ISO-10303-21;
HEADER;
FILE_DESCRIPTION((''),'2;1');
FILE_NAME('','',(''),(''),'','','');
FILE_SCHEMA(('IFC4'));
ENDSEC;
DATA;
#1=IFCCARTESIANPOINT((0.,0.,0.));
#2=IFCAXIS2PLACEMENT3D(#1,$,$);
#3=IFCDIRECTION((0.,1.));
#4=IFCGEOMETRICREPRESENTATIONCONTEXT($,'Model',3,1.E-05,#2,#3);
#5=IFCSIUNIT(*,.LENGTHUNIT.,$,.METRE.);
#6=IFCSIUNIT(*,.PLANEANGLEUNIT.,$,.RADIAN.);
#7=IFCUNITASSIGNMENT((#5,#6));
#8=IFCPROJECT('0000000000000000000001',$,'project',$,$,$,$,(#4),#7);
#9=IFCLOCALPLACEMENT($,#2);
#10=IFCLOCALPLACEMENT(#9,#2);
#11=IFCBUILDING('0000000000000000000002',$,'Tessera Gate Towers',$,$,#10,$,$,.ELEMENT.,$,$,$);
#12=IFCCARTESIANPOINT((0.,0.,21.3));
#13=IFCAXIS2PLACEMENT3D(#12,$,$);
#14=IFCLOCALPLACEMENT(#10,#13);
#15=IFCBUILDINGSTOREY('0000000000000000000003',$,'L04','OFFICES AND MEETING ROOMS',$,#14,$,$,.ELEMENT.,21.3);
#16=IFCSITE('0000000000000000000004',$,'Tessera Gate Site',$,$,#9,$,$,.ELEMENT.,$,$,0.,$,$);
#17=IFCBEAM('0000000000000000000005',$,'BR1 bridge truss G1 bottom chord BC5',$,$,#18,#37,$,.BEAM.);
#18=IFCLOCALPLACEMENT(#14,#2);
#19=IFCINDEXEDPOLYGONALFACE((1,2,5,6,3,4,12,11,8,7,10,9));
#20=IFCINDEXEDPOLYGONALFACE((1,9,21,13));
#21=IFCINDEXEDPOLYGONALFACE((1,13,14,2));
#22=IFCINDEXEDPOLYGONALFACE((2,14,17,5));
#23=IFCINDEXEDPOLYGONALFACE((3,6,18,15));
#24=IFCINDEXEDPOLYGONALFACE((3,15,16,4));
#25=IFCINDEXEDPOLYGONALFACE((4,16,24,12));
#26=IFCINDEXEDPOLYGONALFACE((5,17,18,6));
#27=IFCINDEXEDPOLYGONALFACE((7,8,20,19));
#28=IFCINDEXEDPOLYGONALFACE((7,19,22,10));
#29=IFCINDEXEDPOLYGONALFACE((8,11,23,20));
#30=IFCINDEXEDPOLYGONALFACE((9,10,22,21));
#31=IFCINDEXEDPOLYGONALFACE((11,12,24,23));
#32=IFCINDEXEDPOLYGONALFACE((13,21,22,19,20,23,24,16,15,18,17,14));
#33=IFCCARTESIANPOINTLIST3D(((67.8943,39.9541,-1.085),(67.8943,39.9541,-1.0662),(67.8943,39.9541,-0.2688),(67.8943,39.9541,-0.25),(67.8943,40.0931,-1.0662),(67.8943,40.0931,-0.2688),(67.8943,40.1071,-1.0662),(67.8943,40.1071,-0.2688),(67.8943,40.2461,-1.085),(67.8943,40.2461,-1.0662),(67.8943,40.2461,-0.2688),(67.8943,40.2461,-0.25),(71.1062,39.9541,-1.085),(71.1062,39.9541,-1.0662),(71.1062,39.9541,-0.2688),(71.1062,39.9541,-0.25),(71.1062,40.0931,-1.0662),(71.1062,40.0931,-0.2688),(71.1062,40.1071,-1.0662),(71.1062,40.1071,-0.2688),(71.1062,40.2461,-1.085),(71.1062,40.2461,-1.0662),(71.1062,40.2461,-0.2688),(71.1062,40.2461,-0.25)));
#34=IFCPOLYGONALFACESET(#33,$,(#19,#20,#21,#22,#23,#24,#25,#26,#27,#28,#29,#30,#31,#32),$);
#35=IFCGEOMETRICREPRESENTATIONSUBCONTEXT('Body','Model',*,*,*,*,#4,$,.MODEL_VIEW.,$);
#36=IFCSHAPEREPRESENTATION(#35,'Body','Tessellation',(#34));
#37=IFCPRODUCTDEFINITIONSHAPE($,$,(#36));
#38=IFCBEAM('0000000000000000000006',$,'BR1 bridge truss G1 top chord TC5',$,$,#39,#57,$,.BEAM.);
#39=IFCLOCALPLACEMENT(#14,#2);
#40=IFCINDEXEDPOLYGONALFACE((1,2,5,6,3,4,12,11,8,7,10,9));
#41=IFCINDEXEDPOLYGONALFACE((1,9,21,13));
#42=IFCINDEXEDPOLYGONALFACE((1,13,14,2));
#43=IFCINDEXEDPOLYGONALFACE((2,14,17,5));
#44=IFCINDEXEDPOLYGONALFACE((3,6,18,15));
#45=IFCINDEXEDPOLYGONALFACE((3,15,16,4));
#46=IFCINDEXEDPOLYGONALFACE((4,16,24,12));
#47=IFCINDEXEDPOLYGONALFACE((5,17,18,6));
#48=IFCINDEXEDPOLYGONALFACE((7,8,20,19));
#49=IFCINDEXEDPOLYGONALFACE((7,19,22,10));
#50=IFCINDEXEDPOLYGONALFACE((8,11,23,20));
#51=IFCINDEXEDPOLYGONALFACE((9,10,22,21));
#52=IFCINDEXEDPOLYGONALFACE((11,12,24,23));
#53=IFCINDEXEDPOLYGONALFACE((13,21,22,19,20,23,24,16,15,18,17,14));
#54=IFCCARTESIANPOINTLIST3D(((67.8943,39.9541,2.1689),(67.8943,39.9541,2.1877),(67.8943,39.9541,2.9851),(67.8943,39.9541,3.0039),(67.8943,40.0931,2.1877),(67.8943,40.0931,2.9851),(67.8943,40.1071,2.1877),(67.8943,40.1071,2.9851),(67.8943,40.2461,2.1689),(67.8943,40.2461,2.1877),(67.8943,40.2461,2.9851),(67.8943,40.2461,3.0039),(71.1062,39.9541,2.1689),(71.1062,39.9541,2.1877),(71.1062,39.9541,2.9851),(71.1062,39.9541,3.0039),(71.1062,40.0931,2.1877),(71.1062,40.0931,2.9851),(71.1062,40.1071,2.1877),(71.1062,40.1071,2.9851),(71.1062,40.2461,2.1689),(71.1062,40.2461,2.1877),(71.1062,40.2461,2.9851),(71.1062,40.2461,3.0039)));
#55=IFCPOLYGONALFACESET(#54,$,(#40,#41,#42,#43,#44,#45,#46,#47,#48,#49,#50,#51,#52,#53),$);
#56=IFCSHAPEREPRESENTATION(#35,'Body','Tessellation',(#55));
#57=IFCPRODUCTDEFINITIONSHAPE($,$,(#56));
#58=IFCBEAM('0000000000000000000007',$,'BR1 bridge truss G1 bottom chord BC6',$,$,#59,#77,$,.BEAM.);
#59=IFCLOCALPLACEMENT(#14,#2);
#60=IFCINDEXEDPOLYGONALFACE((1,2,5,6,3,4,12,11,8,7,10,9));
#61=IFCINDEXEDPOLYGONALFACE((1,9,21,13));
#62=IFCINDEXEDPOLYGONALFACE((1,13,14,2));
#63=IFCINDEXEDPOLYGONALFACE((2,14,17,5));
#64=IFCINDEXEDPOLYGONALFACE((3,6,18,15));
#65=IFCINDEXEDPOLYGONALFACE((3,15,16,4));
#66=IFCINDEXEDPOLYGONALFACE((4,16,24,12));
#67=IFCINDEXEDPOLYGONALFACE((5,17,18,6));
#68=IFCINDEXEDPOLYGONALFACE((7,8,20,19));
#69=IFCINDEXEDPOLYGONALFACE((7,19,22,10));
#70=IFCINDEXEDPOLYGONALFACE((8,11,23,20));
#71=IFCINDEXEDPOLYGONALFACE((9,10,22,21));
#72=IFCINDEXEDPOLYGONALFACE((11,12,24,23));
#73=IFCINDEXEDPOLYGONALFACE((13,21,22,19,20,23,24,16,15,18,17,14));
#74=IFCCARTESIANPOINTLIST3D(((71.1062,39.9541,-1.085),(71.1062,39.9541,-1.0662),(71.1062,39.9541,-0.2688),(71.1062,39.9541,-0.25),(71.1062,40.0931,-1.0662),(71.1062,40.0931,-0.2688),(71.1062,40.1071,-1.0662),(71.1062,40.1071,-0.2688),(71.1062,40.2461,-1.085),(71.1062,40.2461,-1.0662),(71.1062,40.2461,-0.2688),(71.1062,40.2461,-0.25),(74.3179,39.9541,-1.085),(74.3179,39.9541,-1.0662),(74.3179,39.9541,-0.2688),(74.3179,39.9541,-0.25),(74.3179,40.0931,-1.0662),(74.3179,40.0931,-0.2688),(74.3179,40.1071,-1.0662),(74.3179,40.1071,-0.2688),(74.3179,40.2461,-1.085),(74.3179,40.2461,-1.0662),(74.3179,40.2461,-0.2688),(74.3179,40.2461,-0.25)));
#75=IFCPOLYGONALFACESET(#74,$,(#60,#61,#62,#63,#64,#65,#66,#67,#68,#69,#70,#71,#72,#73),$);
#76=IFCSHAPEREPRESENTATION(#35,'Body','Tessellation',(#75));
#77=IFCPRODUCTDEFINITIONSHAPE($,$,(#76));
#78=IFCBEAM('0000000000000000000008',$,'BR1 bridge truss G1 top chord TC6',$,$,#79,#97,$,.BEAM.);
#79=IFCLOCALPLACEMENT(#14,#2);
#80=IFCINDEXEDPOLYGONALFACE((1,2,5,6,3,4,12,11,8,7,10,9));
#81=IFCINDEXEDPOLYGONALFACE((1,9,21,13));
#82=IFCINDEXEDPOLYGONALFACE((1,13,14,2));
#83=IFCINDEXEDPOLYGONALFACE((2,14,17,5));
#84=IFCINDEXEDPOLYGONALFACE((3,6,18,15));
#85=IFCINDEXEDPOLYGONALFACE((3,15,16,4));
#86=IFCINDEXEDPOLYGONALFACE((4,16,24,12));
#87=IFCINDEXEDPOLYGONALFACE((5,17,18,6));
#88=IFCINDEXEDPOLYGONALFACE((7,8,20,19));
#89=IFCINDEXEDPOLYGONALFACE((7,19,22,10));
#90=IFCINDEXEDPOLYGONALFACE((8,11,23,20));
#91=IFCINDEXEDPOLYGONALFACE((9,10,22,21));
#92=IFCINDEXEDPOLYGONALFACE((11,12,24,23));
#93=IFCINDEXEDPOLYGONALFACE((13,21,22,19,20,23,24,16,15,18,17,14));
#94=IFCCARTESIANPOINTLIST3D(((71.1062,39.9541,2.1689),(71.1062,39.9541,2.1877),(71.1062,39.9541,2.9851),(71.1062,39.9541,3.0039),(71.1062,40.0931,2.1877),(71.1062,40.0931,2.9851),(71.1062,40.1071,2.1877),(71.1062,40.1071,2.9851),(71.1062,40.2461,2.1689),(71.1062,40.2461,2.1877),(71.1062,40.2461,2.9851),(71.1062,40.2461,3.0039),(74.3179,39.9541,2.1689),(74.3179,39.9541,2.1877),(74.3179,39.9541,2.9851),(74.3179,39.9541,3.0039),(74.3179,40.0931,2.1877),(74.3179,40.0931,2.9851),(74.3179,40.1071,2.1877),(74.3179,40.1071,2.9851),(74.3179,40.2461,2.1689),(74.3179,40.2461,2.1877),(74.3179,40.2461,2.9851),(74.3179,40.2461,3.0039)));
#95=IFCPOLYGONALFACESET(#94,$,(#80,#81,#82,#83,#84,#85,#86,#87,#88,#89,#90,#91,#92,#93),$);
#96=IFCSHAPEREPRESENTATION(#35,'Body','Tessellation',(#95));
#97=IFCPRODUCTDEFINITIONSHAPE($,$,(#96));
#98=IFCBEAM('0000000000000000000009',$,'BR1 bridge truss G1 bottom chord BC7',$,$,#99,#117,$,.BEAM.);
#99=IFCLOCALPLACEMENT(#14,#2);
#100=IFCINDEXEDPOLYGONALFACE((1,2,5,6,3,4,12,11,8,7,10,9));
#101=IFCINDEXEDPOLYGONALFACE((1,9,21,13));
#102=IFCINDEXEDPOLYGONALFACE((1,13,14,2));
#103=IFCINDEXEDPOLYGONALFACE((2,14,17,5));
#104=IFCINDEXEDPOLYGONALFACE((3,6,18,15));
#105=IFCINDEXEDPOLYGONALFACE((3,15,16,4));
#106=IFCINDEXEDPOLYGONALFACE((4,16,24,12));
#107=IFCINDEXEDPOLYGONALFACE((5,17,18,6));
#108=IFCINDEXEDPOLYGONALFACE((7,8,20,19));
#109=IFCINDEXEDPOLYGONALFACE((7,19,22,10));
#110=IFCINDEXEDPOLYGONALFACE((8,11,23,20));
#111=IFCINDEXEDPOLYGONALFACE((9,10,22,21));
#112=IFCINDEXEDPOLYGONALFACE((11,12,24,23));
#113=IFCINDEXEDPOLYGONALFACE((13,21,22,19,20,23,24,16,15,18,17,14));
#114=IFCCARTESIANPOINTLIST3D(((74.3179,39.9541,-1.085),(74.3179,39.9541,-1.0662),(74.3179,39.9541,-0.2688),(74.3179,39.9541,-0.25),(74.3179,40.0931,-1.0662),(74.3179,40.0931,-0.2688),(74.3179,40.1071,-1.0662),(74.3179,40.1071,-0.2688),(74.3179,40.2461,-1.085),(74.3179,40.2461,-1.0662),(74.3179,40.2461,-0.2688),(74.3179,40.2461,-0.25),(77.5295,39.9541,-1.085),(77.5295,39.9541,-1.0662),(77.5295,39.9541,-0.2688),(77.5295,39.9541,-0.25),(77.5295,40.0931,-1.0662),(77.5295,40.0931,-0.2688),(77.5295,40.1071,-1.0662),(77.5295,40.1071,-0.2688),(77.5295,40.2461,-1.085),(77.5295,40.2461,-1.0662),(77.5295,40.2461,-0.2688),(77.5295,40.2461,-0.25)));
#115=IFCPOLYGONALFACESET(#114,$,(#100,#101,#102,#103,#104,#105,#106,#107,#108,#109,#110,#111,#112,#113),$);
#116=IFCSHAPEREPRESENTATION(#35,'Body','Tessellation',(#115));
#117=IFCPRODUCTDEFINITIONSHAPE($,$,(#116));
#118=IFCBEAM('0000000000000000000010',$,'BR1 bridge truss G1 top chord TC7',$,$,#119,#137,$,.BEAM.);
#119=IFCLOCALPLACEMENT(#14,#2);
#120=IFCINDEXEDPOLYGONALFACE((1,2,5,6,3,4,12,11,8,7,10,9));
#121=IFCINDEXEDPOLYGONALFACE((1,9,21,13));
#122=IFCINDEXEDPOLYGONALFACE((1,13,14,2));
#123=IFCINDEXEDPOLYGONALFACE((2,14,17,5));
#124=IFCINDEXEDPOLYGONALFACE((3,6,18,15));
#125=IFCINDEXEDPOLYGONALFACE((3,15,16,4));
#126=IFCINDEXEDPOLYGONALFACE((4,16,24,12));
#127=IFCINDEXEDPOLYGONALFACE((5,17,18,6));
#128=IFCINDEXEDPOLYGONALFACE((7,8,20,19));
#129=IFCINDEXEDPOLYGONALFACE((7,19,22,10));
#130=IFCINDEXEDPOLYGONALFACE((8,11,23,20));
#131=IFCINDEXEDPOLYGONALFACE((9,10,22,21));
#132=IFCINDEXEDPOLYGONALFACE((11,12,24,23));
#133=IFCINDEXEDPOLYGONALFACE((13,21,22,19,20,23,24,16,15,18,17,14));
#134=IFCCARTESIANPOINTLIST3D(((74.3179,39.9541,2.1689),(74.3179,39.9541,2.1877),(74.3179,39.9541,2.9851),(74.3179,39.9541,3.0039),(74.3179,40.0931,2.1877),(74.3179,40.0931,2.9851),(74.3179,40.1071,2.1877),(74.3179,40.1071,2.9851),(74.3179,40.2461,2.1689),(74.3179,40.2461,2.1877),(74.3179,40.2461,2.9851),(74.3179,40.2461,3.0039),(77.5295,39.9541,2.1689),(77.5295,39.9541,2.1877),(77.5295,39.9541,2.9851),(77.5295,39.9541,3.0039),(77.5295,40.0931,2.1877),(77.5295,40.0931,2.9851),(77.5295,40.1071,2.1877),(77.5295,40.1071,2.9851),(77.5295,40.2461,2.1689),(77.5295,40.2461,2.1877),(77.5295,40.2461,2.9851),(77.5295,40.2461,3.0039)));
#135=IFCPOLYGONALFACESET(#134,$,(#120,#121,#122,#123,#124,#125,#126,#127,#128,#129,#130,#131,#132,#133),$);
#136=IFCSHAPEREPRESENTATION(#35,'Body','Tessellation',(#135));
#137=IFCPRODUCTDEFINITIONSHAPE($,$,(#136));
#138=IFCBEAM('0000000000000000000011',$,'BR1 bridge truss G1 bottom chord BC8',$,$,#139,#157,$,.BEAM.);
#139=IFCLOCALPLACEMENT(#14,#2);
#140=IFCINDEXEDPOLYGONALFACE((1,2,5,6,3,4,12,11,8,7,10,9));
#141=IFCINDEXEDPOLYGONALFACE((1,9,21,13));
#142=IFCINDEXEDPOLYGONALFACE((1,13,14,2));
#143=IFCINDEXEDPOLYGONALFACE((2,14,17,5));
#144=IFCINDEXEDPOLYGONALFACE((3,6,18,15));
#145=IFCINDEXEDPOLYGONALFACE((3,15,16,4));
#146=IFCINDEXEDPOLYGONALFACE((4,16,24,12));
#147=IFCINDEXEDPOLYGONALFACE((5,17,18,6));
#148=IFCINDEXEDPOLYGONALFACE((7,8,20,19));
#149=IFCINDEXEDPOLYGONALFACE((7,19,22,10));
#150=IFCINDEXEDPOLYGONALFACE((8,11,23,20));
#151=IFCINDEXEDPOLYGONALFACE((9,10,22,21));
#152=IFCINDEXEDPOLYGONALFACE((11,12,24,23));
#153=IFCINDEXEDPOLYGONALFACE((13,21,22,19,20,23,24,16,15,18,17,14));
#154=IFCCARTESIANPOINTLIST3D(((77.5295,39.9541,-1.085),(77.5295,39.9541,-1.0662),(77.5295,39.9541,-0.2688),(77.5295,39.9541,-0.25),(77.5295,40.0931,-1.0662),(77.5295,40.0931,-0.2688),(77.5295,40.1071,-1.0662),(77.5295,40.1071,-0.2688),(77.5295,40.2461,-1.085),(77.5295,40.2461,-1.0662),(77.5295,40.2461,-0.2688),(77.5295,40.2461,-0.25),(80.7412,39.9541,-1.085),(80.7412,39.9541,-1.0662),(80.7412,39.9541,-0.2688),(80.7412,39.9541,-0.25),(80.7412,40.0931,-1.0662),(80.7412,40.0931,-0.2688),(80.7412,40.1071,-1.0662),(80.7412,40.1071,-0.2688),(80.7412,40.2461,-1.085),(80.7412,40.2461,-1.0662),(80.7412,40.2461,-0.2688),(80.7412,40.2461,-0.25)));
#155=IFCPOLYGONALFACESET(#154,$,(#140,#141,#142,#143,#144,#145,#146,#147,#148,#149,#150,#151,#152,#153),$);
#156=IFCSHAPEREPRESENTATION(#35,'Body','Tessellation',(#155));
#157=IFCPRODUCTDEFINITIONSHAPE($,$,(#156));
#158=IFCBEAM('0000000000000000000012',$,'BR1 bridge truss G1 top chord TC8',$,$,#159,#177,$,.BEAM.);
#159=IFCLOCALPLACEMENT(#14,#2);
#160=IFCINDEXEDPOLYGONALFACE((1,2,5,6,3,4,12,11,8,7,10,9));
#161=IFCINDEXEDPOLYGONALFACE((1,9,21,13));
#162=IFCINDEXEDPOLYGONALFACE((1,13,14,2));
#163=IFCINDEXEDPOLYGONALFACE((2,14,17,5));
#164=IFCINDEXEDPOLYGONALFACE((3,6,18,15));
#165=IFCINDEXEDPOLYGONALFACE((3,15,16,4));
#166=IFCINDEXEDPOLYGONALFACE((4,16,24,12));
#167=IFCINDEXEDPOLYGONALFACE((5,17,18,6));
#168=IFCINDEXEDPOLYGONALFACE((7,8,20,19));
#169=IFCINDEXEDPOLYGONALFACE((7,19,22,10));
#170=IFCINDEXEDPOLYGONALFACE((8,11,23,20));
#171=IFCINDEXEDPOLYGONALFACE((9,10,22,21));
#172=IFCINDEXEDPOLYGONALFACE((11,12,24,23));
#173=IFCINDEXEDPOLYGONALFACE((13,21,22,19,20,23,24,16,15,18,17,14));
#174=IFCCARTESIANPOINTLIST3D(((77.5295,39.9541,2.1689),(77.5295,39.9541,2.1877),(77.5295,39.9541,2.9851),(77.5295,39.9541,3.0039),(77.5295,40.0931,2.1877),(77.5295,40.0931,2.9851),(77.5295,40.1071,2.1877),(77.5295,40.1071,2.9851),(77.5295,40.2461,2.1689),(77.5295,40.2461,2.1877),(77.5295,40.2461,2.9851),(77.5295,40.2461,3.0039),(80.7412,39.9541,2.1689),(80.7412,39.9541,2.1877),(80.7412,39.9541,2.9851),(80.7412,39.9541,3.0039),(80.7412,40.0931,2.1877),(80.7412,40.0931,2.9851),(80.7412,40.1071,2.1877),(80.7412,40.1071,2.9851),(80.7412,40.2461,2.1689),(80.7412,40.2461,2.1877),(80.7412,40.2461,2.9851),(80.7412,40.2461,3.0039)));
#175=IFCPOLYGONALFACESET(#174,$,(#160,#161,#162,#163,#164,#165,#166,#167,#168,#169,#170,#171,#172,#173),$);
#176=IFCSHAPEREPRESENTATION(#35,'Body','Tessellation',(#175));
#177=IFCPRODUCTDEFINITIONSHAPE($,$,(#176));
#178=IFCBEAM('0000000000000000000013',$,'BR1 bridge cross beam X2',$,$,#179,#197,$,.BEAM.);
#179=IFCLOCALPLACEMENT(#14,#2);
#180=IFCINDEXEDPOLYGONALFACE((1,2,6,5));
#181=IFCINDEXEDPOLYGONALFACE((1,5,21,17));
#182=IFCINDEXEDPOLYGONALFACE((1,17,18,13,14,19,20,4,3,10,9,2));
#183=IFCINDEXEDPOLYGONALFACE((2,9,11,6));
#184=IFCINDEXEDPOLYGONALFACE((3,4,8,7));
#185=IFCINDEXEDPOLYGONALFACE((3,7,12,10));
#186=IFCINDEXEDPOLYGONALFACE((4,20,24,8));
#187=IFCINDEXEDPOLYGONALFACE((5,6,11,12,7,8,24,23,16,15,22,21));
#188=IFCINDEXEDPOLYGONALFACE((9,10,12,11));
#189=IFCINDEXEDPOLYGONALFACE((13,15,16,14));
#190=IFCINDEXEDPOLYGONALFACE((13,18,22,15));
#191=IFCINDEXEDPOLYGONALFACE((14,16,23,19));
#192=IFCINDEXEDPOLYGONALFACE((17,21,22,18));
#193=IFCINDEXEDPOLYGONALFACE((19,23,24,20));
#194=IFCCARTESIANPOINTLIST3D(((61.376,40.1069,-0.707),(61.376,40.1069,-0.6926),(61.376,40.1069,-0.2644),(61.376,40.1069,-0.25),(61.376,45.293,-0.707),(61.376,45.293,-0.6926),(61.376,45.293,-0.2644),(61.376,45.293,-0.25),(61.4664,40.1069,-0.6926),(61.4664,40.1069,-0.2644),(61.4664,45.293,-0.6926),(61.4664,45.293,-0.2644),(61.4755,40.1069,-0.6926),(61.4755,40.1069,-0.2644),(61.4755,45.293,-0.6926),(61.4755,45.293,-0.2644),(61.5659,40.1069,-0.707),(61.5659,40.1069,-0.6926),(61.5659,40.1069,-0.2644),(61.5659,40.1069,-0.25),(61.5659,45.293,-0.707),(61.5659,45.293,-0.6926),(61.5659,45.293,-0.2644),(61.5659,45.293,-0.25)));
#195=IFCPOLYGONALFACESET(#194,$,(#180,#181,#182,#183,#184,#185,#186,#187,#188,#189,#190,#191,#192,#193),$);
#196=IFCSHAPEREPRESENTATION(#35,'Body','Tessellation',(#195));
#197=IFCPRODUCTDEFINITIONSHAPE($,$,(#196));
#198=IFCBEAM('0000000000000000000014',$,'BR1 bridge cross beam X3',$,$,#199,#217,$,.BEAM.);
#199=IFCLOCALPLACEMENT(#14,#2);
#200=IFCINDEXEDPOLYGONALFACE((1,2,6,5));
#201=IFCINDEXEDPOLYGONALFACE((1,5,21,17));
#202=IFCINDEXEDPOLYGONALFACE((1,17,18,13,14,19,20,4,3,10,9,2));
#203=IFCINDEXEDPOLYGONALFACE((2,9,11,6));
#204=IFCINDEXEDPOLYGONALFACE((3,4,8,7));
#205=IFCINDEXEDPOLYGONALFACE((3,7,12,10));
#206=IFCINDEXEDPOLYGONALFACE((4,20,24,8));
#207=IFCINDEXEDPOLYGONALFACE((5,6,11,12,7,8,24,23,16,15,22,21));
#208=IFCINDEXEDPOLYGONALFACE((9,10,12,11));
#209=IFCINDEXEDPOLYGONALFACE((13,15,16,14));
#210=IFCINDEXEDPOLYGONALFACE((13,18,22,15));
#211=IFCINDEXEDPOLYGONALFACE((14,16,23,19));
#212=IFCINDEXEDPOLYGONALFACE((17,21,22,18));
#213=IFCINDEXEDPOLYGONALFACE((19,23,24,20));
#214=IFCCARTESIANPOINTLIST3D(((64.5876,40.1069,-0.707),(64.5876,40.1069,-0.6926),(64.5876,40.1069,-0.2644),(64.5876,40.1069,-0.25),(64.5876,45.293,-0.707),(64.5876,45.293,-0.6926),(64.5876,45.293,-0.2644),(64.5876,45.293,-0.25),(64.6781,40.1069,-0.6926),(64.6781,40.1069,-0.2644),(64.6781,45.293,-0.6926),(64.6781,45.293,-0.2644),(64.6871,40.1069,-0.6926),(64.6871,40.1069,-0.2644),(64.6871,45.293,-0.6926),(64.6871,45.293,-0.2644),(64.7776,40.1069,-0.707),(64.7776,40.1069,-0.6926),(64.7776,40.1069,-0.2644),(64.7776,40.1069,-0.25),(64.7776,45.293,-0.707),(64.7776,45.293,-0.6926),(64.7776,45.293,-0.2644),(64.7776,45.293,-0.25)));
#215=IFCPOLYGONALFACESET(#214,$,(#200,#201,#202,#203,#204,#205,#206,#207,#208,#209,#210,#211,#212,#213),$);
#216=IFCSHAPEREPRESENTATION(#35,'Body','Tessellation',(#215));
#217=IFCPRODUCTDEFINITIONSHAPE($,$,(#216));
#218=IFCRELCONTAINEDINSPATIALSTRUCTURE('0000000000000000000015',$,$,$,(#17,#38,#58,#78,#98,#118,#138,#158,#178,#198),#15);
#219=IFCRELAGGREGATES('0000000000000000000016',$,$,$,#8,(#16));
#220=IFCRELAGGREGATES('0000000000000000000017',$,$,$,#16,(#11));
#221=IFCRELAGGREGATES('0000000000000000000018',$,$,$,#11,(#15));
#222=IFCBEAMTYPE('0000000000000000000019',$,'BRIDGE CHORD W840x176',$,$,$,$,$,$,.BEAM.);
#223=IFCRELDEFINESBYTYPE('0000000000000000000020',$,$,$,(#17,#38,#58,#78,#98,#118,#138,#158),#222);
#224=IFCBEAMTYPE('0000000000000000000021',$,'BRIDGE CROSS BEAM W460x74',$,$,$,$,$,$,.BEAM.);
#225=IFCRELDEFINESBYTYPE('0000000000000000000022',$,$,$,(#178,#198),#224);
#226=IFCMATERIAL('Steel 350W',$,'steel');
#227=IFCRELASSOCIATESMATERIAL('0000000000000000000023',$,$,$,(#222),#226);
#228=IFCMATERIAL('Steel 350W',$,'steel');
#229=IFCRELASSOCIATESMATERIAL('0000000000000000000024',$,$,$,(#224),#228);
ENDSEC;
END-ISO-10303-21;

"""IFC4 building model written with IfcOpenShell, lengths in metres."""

from ifc_helpers import new_model, si_unit, direction, frame, origin, origin_2d, place, context, subcontext, project, spatial, i_section, extrude, material, material_profile, profile_set, type_object, element, save


model = new_model("IFC4")

# Units and contexts
model_context = context("Model", 3, precision=1e-05, world=origin(), true_north=direction((0.0, 1.0)))
body_context = subcontext(model_context, "Body", "Model", "MODEL_VIEW")
ifc_project = project(units=[si_unit("LENGTHUNIT", "METRE"), si_unit("PLANEANGLEUNIT", "RADIAN")], contexts=[model_context])

# Site, building, storey
site_placement = place(None, origin())
site = spatial("IfcSite", under=ifc_project, at=site_placement, Name="Tessera Gate Site", CompositionType="ELEMENT", RefElevation=0.0)
building_placement = place(site_placement, origin())
building = spatial("IfcBuilding", under=site, at=building_placement, Name="Tessera Gate Towers", CompositionType="ELEMENT")
storey_placement = place(building_placement, frame((0.0, 0.0, 21.3)))
storey = spatial("IfcBuildingStorey", under=building, at=storey_placement, Name="L04", Description="OFFICES AND MEETING ROOMS", CompositionType="ELEMENT", Elevation=21.3)

# Beams
ifc_material_1 = material(Name="Steel 350W", Category="steel")
ifc_material_profile_1 = material_profile(ifc_material_1, i_section(OverallWidth=0.292, OverallDepth=0.835, WebThickness=0.0139, FlangeThickness=0.0188, at=origin_2d()), Name="W840x176")
ifc_profile_set_1 = profile_set([ifc_material_profile_1], Name="Steel 350W")
beam_type_1 = type_object("IfcBeamType", Name="BRIDGE CHORD W840x176", PredefinedType="BEAM", material=ifc_profile_set_1)
for number, where, z_axis, x_axis, name in (
    (1, (67.8943, 40.1001, -0.6675), (1.0, 0.0, 0.0), (0.0, 1.0, 0.0), "BR1 bridge truss G1 bottom chord BC5"),
    (2, (67.8943, 40.1001, 2.5864), (1.0, 0.0, 0.0), (0.0, 1.0, 0.0), "BR1 bridge truss G1 top chord TC5"),
):
    element("IfcBeam", number, at=place(storey_placement, frame(where, z_axis=z_axis, x_axis=x_axis)), inside=storey, type_object=beam_type_1, Name=name, PredefinedType="BEAM", context=body_context, shape_type="SweptSolid", body=[
        extrude(i_section(OverallWidth=0.292, OverallDepth=0.835, WebThickness=0.0139, FlangeThickness=0.0188, at=origin_2d()), origin(), (0.0, 0.0, 1.0), 3.2119),
    ])
for number, where, z_axis, x_axis, name in (
    (3, (71.1062, 40.1001, -0.6675), (1.0, 0.0, 0.0), (0.0, 1.0, 0.0), "BR1 bridge truss G1 bottom chord BC6"),
    (4, (71.1062, 40.1001, 2.5864), (1.0, 0.0, 0.0), (0.0, 1.0, 0.0), "BR1 bridge truss G1 top chord TC6"),
    (5, (74.3179, 40.1001, -0.6675), (1.0, 0.0, 0.0), (0.0, 1.0, 0.0), "BR1 bridge truss G1 bottom chord BC7"),
    (6, (74.3179, 40.1001, 2.5864), (1.0, 0.0, 0.0), (0.0, 1.0, 0.0), "BR1 bridge truss G1 top chord TC7"),
    (7, (77.5295, 40.1001, -0.6675), (1.0, 0.0, 0.0), (0.0, 1.0, 0.0), "BR1 bridge truss G1 bottom chord BC8"),
    (8, (77.5295, 40.1001, 2.5864), (1.0, 0.0, 0.0), (0.0, 1.0, 0.0), "BR1 bridge truss G1 top chord TC8"),
):
    element("IfcBeam", number, at=place(storey_placement, frame(where, z_axis=z_axis, x_axis=x_axis)), inside=storey, type_object=beam_type_1, Name=name, PredefinedType="BEAM", context=body_context, shape_type="SweptSolid", body=[
        extrude(i_section(OverallWidth=0.292, OverallDepth=0.835, WebThickness=0.0139, FlangeThickness=0.0188, at=origin_2d()), origin(), (0.0, 0.0, 1.0), 3.2117),
    ])
ifc_material_2 = material(Name="Steel 350W", Category="steel")
ifc_material_profile_2 = material_profile(ifc_material_2, i_section(OverallWidth=0.1899, OverallDepth=0.457, WebThickness=0.009, FlangeThickness=0.0144, at=origin_2d()), Name="W460x74")
ifc_profile_set_2 = profile_set([ifc_material_profile_2], Name="Steel 350W")
beam_type_2 = type_object("IfcBeamType", Name="BRIDGE CROSS BEAM W460x74", PredefinedType="BEAM", material=ifc_profile_set_2)
for number, where, z_axis, x_axis, name in (
    (9, (61.4709, 40.1069, -0.4785), (0.0, 1.0, 0.0), (-1.0, 0.0, 0.0), "BR1 bridge cross beam X2"),
    (10, (64.6826, 40.1069, -0.4785), (0.0, 1.0, 0.0), (-1.0, 0.0, 0.0), "BR1 bridge cross beam X3"),
):
    element("IfcBeam", number, at=place(storey_placement, frame(where, z_axis=z_axis, x_axis=x_axis)), inside=storey, type_object=beam_type_2, Name=name, PredefinedType="BEAM", context=body_context, shape_type="SweptSolid", body=[
        extrude(i_section(OverallWidth=0.1899, OverallDepth=0.457, WebThickness=0.009, FlangeThickness=0.0144, at=origin_2d()), origin(), (0.0, 0.0, 1.0), 5.186),
    ])

save(model, "model.ifc")
